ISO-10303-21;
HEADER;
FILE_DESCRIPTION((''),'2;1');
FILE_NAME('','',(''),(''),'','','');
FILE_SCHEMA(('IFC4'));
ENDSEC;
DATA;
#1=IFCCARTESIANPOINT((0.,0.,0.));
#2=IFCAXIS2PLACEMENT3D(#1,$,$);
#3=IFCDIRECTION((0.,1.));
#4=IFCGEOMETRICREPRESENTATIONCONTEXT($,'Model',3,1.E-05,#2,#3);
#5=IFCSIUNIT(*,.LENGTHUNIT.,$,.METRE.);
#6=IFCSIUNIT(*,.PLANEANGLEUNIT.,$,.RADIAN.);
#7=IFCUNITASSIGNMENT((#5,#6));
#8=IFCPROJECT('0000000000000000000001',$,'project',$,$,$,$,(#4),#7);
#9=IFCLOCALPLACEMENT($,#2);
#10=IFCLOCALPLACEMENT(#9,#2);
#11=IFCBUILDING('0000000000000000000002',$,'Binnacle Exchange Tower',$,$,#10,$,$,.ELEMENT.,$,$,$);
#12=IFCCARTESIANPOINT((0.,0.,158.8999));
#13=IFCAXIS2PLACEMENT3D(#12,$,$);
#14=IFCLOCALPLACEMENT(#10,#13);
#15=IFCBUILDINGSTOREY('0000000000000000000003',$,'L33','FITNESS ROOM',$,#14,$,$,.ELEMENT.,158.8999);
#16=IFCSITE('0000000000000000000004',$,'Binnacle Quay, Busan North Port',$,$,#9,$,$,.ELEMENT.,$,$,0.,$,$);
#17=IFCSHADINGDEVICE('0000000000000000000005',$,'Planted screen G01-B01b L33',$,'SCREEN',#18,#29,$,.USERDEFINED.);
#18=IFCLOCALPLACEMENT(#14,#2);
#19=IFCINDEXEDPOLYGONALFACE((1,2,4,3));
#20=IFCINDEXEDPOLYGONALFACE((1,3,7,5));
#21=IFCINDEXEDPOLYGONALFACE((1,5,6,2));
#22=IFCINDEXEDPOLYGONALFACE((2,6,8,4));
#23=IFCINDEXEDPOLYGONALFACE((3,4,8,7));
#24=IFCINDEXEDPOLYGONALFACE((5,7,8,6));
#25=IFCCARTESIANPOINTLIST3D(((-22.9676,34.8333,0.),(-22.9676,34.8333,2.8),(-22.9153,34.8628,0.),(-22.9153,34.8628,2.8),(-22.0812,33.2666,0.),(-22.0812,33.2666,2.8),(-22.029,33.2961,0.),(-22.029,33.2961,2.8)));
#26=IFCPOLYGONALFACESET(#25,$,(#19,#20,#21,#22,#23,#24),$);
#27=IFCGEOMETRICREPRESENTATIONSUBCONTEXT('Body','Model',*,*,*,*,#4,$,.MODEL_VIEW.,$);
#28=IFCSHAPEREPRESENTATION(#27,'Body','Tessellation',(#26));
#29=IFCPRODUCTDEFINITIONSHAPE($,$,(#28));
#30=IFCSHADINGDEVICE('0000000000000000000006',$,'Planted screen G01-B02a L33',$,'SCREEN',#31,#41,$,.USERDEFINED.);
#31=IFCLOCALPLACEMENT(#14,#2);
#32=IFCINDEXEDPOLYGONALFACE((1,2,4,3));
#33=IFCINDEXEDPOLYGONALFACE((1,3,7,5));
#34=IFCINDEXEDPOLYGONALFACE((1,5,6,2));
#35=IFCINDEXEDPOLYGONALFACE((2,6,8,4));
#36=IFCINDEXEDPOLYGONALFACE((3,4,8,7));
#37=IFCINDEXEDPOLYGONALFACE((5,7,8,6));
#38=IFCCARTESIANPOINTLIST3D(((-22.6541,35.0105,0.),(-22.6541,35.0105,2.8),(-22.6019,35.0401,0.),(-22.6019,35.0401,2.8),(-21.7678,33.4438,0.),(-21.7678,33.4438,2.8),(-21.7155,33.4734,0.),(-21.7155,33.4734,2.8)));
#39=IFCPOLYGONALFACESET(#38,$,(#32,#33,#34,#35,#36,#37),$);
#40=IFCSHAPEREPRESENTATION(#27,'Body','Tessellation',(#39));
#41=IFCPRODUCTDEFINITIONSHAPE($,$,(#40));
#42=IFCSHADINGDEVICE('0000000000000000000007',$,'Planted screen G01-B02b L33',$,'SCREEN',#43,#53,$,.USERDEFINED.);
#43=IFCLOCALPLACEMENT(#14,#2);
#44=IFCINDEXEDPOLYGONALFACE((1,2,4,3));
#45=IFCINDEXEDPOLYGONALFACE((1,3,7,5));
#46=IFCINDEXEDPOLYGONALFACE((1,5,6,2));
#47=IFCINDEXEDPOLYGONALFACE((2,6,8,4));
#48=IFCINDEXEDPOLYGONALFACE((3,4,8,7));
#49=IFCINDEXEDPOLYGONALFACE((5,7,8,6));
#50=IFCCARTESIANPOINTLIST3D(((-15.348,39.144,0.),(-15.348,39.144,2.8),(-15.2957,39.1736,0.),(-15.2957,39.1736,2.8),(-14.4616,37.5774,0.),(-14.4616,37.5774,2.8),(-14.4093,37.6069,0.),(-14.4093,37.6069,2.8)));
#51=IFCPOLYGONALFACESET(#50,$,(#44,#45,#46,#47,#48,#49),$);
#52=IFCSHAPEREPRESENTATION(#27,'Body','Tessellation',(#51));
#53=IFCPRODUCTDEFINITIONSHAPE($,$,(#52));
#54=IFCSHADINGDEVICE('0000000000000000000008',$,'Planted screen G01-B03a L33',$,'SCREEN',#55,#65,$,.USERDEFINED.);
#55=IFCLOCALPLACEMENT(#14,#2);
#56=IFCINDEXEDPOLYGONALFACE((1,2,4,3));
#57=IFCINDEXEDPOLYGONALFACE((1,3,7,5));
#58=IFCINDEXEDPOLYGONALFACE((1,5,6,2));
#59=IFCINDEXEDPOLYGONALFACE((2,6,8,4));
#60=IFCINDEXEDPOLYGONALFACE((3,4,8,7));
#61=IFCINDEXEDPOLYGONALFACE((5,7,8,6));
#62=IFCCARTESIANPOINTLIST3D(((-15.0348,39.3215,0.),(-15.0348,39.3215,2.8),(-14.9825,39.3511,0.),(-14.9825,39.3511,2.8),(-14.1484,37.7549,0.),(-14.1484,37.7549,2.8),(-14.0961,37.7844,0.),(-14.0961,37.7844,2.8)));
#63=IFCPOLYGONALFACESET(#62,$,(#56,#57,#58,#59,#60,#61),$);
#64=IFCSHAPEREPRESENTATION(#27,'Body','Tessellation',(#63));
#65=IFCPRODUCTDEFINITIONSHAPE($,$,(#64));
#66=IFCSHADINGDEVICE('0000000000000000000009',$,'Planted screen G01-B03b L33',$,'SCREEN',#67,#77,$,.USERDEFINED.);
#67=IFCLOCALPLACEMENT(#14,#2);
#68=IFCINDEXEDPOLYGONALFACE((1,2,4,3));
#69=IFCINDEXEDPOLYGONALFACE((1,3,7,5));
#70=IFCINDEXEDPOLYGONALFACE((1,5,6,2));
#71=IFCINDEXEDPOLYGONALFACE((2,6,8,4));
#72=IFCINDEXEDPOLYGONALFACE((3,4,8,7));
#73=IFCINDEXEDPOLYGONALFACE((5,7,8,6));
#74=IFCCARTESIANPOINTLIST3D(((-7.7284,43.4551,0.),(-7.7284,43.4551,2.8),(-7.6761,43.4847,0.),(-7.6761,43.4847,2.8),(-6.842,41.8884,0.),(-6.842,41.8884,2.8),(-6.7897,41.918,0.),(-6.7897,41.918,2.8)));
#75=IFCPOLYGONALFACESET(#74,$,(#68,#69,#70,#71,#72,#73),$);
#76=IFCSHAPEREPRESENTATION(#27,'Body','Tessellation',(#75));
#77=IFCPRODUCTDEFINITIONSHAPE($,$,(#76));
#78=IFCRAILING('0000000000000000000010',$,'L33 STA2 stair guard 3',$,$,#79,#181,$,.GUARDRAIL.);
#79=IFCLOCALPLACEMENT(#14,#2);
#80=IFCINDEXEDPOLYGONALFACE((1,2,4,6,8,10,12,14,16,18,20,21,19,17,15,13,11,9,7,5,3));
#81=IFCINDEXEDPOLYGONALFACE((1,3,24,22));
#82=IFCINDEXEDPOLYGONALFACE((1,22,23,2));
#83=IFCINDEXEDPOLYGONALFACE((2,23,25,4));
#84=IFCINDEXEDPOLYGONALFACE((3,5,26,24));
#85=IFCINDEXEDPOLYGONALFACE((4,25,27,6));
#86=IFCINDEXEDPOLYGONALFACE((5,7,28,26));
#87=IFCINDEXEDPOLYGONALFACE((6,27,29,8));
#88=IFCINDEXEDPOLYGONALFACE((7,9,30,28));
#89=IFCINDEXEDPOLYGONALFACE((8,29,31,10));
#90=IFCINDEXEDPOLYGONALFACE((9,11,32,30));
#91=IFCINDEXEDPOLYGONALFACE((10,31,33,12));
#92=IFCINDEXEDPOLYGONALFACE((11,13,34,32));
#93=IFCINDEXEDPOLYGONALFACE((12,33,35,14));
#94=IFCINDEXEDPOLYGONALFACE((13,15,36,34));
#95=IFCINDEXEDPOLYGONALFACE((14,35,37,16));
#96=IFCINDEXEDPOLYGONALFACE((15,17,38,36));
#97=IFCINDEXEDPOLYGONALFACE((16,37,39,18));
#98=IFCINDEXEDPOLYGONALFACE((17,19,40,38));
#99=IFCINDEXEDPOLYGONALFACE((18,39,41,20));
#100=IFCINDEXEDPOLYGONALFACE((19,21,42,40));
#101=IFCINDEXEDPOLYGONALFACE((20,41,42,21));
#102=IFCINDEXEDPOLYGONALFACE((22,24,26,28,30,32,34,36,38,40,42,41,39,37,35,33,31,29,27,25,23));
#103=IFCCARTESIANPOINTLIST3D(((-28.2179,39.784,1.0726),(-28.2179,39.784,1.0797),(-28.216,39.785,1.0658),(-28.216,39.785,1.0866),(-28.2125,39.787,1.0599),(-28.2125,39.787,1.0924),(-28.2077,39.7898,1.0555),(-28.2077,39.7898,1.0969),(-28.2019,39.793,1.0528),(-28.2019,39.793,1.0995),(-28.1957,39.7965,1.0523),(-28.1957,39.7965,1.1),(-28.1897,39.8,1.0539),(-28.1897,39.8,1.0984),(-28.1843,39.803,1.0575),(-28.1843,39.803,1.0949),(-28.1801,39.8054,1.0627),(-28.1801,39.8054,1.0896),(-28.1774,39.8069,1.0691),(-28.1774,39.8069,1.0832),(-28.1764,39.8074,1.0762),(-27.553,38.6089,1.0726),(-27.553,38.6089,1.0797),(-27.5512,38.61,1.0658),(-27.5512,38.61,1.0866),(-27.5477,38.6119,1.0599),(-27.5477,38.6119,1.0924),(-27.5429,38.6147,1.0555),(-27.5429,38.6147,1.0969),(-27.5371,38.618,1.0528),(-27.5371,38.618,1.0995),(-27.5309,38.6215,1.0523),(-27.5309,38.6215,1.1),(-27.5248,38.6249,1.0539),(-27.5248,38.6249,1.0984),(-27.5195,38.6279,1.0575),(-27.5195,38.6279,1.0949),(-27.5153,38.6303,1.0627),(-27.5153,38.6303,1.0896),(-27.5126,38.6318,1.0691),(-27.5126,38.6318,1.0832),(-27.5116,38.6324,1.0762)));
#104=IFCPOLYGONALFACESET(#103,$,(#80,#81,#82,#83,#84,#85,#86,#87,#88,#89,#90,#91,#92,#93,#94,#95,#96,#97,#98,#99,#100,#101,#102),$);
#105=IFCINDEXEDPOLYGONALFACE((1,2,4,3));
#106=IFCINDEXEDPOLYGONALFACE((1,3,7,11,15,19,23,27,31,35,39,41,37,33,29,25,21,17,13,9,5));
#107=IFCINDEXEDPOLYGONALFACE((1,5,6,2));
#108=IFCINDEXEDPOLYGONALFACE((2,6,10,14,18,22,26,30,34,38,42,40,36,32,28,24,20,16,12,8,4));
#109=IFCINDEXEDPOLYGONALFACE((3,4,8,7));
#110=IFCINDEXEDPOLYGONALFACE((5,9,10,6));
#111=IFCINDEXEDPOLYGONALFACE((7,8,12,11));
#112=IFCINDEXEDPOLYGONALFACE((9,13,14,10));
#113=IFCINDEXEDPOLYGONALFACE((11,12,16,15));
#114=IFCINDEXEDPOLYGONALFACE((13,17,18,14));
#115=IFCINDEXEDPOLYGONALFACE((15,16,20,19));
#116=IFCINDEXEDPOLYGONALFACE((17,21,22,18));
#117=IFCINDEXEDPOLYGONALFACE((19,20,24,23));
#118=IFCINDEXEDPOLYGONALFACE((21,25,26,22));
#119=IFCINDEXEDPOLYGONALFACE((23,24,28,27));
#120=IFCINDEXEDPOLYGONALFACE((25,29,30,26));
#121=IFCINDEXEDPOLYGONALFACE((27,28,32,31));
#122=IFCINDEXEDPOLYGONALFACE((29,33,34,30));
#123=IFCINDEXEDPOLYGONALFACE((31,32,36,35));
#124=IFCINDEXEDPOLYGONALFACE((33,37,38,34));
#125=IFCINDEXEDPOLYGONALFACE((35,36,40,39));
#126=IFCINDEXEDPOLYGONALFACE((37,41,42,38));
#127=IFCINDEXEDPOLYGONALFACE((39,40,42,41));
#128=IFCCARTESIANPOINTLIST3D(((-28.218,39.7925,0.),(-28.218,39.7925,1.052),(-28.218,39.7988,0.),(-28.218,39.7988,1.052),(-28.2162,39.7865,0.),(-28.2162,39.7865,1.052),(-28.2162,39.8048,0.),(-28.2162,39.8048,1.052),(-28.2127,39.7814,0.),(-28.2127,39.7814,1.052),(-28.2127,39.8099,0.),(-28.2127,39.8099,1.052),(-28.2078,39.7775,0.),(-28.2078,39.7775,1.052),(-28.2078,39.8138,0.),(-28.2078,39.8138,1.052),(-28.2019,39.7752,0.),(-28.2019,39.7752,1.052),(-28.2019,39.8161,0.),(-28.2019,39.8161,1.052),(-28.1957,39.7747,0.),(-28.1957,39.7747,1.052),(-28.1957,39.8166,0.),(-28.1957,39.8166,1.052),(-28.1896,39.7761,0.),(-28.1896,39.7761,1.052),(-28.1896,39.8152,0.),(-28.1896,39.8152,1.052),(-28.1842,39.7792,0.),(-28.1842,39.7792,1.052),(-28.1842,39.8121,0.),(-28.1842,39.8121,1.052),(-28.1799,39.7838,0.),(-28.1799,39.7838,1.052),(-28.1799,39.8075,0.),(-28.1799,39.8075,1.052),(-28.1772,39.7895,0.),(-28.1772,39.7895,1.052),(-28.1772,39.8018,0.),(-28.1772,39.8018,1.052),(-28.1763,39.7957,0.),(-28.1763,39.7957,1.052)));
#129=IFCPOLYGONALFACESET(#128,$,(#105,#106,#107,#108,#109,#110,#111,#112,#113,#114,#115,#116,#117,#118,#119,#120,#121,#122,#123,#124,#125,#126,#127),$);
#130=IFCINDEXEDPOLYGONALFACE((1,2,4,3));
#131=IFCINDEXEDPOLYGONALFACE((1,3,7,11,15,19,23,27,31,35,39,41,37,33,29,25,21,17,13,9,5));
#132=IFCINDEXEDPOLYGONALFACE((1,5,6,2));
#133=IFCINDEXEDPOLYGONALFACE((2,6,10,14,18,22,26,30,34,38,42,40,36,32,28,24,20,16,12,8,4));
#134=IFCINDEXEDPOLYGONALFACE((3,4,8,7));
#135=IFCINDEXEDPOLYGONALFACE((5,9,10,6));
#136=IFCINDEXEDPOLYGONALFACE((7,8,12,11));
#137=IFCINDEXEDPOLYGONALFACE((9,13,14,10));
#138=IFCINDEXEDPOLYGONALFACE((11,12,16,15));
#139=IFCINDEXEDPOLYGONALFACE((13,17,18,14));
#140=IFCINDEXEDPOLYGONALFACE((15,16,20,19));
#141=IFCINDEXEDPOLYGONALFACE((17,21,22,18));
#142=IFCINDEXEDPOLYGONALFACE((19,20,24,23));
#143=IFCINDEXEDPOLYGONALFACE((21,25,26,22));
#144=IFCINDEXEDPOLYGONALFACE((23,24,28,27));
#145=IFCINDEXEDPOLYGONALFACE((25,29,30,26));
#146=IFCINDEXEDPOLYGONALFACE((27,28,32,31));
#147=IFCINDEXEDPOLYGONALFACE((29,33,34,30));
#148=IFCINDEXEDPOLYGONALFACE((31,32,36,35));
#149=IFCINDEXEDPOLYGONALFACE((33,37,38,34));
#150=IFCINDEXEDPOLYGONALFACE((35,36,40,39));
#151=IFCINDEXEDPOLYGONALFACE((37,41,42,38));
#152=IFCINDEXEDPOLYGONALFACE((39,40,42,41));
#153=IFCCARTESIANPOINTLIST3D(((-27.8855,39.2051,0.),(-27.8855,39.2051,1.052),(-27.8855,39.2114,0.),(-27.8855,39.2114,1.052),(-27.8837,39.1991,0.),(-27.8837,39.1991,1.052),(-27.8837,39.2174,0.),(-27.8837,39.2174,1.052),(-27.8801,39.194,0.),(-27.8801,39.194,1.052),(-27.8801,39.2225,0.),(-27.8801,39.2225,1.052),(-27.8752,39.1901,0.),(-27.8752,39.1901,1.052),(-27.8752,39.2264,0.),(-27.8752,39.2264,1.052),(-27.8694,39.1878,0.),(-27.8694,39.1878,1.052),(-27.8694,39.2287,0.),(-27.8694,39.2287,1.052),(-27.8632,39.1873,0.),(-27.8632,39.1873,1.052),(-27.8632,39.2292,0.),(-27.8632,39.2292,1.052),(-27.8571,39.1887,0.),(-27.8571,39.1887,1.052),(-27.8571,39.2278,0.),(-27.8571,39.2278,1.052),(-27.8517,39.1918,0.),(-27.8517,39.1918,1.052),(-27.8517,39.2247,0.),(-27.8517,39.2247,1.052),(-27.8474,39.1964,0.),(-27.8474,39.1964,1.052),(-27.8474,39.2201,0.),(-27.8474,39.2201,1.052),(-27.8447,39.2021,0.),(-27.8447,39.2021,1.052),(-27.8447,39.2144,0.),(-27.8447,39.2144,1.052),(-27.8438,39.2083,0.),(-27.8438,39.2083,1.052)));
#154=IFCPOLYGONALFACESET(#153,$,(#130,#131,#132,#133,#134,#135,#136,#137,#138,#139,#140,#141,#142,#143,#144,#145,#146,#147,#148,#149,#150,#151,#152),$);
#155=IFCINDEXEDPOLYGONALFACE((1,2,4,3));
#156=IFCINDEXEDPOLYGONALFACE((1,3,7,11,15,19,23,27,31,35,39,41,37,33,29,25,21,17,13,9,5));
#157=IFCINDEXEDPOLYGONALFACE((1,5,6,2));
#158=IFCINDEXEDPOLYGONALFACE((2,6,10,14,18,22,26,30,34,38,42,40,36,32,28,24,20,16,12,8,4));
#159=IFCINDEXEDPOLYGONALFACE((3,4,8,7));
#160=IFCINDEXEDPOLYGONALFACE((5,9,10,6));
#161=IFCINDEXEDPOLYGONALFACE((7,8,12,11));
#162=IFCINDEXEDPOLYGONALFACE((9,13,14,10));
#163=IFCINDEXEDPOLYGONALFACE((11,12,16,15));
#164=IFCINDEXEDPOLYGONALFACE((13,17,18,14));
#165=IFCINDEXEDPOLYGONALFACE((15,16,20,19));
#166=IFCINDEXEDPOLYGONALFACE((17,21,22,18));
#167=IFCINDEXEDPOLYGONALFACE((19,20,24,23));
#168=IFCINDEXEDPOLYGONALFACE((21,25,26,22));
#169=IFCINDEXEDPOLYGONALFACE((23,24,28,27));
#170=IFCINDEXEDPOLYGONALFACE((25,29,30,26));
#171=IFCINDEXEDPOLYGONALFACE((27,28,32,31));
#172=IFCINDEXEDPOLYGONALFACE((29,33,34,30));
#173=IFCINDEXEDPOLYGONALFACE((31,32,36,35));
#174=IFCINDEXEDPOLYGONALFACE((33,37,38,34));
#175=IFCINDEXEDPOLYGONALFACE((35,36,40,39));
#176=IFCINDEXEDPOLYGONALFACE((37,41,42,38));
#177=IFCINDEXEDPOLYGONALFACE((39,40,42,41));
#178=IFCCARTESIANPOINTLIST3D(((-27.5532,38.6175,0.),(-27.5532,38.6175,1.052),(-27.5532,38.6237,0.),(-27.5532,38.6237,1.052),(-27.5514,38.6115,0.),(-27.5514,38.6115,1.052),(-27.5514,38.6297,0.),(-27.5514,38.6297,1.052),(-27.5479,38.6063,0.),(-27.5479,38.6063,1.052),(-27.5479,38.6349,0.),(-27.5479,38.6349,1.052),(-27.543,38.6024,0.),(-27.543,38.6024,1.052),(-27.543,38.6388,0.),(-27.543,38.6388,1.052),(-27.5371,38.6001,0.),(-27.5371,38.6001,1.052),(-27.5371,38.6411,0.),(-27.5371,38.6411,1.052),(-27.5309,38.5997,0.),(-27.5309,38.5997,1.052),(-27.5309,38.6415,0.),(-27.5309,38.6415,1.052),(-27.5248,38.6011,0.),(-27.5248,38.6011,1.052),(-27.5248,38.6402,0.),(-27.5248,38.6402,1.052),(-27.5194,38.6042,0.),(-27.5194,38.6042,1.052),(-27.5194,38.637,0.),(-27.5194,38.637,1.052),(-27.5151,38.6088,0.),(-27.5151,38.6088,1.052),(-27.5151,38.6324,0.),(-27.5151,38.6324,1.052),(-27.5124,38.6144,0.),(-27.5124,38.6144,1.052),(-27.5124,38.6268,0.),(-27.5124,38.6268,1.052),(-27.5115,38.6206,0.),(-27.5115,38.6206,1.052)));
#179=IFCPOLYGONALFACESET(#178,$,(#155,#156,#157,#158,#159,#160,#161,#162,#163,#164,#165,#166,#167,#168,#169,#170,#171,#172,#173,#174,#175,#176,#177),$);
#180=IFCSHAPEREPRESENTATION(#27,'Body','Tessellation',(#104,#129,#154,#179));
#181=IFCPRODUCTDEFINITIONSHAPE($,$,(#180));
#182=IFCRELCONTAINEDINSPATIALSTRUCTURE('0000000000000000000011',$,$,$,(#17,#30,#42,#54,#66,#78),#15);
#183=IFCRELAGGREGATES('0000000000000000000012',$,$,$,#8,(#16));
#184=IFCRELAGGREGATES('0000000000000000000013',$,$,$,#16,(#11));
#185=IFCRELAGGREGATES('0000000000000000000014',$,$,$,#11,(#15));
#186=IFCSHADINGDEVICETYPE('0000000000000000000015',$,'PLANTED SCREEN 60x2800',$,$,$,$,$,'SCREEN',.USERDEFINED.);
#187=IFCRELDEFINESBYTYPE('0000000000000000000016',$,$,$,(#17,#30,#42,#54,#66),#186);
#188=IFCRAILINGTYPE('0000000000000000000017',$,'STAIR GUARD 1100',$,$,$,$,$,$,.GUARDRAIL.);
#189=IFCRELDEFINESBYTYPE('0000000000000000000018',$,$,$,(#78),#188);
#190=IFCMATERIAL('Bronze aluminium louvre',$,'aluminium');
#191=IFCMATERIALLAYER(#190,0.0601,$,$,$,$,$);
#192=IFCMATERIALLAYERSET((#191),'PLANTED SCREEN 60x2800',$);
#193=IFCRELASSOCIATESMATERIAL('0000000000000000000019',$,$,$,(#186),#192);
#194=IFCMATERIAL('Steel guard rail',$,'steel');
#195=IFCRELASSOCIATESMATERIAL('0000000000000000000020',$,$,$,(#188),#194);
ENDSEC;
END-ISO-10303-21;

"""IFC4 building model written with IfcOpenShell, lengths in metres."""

from ifc_helpers import new_model, si_unit, direction, frame, origin, origin_2d, place, context, subcontext, project, spatial, rectangle, circle, extrude, material, layer, layer_set, type_object, element, save


model = new_model("IFC4")

# Units and contexts
model_context = context("Model", 3, precision=1e-05, world=origin(), true_north=direction((0.0, 1.0)))
body_context = subcontext(model_context, "Body", "Model", "MODEL_VIEW")
ifc_project = project(units=[si_unit("LENGTHUNIT", "METRE"), si_unit("PLANEANGLEUNIT", "RADIAN")], contexts=[model_context])

# Site, building, storey
site_placement = place(None, origin())
site = spatial("IfcSite", under=ifc_project, at=site_placement, Name="Binnacle Quay, Busan North Port", CompositionType="ELEMENT", RefElevation=0.0)
building_placement = place(site_placement, origin())
building = spatial("IfcBuilding", under=site, at=building_placement, Name="Binnacle Exchange Tower", CompositionType="ELEMENT")
storey_placement = place(building_placement, frame((0.0, 0.0, 158.8999)))
storey = spatial("IfcBuildingStorey", under=building, at=storey_placement, Name="L33", Description="FITNESS ROOM", CompositionType="ELEMENT", Elevation=158.8999)

# Shading devices
ifc_material_1 = material(Name="Bronze aluminium louvre", Category="aluminium")
ifc_layer_1 = layer(ifc_material_1, 0.0601)
ifc_layer_set_1 = layer_set([ifc_layer_1], Name="PLANTED SCREEN 60x2800")
shading_device_type = type_object("IfcShadingDeviceType", Name="PLANTED SCREEN 60x2800", ElementType="SCREEN", PredefinedType="USERDEFINED", material=ifc_layer_set_1)
for number, where, z_axis, x_axis, name in (
    (1, (-22.4983, 34.0647, 0.0), (0.0, 0.0, 1.0), (0.870356, 0.492424, 0.0), "Planted screen G01-B01b L33"),
    (2, (-22.1848, 34.2419, 0.0), (0.0, 0.0, 1.0), (0.870356, 0.492424, 0.0), "Planted screen G01-B02a L33"),
    (3, (-14.8787, 38.3755, 0.0), (0.0, 0.0, 1.0), (0.870356, 0.492424, 0.0), "Planted screen G01-B02b L33"),
    (4, (-14.5654, 38.553, 0.0), (0.0, 0.0, 1.0), (0.870356, 0.492424, 0.0), "Planted screen G01-B03a L33"),
    (5, (-7.259, 42.6865, 0.0), (0.0, 0.0, 1.0), (0.870356, 0.492424, 0.0), "Planted screen G01-B03b L33"),
):
    element("IfcShadingDevice", number, at=place(storey_placement, frame(where, z_axis=z_axis, x_axis=x_axis)), inside=storey, type_object=shading_device_type, Name=name, ObjectType="SCREEN", PredefinedType="USERDEFINED", context=body_context, shape_type="SweptSolid", body=[
        extrude(rectangle(XDim=0.0601, YDim=1.8, at=origin_2d()), origin(), (0.0, 0.0, 1.0), 2.8),
    ])

# Railing
ifc_material_2 = material(Name="Steel guard rail", Category="steel")
railing_type_1 = type_object("IfcRailingType", Name="STAIR GUARD 1100", PredefinedType="GUARDRAIL", material=ifc_material_2)
railing_1_placement = place(storey_placement, frame((-28.1973, 39.7957, 0.0)))
element("IfcRailing", 6, at=railing_1_placement, inside=storey, type_object=railing_type_1, Name="L33 STA2 stair guard 3", PredefinedType="GUARDRAIL", context=body_context, shape_type="SweptSolid", body=[
    extrude(circle(Radius=0.0239, at=origin_2d()), frame((0.0, 0.0, 1.0762), z_axis=(0.492415, -0.870361, 0.0), x_axis=(0.870361, 0.492415, 0.0)), (0.0, 0.0, 1.0), 1.3501),
    extrude(circle(Radius=0.021, at=origin_2d()), origin(), (0.0, 0.0, 1.0), 1.052),
    extrude(circle(Radius=0.021, at=origin_2d()), frame((0.3325, -0.5874, 0.0)), (0.0, 0.0, 1.0), 1.052),
    extrude(circle(Radius=0.021, at=origin_2d()), frame((0.6648, -1.175, 0.0)), (0.0, 0.0, 1.0), 1.052),
])

save(model, "model.ifc")
